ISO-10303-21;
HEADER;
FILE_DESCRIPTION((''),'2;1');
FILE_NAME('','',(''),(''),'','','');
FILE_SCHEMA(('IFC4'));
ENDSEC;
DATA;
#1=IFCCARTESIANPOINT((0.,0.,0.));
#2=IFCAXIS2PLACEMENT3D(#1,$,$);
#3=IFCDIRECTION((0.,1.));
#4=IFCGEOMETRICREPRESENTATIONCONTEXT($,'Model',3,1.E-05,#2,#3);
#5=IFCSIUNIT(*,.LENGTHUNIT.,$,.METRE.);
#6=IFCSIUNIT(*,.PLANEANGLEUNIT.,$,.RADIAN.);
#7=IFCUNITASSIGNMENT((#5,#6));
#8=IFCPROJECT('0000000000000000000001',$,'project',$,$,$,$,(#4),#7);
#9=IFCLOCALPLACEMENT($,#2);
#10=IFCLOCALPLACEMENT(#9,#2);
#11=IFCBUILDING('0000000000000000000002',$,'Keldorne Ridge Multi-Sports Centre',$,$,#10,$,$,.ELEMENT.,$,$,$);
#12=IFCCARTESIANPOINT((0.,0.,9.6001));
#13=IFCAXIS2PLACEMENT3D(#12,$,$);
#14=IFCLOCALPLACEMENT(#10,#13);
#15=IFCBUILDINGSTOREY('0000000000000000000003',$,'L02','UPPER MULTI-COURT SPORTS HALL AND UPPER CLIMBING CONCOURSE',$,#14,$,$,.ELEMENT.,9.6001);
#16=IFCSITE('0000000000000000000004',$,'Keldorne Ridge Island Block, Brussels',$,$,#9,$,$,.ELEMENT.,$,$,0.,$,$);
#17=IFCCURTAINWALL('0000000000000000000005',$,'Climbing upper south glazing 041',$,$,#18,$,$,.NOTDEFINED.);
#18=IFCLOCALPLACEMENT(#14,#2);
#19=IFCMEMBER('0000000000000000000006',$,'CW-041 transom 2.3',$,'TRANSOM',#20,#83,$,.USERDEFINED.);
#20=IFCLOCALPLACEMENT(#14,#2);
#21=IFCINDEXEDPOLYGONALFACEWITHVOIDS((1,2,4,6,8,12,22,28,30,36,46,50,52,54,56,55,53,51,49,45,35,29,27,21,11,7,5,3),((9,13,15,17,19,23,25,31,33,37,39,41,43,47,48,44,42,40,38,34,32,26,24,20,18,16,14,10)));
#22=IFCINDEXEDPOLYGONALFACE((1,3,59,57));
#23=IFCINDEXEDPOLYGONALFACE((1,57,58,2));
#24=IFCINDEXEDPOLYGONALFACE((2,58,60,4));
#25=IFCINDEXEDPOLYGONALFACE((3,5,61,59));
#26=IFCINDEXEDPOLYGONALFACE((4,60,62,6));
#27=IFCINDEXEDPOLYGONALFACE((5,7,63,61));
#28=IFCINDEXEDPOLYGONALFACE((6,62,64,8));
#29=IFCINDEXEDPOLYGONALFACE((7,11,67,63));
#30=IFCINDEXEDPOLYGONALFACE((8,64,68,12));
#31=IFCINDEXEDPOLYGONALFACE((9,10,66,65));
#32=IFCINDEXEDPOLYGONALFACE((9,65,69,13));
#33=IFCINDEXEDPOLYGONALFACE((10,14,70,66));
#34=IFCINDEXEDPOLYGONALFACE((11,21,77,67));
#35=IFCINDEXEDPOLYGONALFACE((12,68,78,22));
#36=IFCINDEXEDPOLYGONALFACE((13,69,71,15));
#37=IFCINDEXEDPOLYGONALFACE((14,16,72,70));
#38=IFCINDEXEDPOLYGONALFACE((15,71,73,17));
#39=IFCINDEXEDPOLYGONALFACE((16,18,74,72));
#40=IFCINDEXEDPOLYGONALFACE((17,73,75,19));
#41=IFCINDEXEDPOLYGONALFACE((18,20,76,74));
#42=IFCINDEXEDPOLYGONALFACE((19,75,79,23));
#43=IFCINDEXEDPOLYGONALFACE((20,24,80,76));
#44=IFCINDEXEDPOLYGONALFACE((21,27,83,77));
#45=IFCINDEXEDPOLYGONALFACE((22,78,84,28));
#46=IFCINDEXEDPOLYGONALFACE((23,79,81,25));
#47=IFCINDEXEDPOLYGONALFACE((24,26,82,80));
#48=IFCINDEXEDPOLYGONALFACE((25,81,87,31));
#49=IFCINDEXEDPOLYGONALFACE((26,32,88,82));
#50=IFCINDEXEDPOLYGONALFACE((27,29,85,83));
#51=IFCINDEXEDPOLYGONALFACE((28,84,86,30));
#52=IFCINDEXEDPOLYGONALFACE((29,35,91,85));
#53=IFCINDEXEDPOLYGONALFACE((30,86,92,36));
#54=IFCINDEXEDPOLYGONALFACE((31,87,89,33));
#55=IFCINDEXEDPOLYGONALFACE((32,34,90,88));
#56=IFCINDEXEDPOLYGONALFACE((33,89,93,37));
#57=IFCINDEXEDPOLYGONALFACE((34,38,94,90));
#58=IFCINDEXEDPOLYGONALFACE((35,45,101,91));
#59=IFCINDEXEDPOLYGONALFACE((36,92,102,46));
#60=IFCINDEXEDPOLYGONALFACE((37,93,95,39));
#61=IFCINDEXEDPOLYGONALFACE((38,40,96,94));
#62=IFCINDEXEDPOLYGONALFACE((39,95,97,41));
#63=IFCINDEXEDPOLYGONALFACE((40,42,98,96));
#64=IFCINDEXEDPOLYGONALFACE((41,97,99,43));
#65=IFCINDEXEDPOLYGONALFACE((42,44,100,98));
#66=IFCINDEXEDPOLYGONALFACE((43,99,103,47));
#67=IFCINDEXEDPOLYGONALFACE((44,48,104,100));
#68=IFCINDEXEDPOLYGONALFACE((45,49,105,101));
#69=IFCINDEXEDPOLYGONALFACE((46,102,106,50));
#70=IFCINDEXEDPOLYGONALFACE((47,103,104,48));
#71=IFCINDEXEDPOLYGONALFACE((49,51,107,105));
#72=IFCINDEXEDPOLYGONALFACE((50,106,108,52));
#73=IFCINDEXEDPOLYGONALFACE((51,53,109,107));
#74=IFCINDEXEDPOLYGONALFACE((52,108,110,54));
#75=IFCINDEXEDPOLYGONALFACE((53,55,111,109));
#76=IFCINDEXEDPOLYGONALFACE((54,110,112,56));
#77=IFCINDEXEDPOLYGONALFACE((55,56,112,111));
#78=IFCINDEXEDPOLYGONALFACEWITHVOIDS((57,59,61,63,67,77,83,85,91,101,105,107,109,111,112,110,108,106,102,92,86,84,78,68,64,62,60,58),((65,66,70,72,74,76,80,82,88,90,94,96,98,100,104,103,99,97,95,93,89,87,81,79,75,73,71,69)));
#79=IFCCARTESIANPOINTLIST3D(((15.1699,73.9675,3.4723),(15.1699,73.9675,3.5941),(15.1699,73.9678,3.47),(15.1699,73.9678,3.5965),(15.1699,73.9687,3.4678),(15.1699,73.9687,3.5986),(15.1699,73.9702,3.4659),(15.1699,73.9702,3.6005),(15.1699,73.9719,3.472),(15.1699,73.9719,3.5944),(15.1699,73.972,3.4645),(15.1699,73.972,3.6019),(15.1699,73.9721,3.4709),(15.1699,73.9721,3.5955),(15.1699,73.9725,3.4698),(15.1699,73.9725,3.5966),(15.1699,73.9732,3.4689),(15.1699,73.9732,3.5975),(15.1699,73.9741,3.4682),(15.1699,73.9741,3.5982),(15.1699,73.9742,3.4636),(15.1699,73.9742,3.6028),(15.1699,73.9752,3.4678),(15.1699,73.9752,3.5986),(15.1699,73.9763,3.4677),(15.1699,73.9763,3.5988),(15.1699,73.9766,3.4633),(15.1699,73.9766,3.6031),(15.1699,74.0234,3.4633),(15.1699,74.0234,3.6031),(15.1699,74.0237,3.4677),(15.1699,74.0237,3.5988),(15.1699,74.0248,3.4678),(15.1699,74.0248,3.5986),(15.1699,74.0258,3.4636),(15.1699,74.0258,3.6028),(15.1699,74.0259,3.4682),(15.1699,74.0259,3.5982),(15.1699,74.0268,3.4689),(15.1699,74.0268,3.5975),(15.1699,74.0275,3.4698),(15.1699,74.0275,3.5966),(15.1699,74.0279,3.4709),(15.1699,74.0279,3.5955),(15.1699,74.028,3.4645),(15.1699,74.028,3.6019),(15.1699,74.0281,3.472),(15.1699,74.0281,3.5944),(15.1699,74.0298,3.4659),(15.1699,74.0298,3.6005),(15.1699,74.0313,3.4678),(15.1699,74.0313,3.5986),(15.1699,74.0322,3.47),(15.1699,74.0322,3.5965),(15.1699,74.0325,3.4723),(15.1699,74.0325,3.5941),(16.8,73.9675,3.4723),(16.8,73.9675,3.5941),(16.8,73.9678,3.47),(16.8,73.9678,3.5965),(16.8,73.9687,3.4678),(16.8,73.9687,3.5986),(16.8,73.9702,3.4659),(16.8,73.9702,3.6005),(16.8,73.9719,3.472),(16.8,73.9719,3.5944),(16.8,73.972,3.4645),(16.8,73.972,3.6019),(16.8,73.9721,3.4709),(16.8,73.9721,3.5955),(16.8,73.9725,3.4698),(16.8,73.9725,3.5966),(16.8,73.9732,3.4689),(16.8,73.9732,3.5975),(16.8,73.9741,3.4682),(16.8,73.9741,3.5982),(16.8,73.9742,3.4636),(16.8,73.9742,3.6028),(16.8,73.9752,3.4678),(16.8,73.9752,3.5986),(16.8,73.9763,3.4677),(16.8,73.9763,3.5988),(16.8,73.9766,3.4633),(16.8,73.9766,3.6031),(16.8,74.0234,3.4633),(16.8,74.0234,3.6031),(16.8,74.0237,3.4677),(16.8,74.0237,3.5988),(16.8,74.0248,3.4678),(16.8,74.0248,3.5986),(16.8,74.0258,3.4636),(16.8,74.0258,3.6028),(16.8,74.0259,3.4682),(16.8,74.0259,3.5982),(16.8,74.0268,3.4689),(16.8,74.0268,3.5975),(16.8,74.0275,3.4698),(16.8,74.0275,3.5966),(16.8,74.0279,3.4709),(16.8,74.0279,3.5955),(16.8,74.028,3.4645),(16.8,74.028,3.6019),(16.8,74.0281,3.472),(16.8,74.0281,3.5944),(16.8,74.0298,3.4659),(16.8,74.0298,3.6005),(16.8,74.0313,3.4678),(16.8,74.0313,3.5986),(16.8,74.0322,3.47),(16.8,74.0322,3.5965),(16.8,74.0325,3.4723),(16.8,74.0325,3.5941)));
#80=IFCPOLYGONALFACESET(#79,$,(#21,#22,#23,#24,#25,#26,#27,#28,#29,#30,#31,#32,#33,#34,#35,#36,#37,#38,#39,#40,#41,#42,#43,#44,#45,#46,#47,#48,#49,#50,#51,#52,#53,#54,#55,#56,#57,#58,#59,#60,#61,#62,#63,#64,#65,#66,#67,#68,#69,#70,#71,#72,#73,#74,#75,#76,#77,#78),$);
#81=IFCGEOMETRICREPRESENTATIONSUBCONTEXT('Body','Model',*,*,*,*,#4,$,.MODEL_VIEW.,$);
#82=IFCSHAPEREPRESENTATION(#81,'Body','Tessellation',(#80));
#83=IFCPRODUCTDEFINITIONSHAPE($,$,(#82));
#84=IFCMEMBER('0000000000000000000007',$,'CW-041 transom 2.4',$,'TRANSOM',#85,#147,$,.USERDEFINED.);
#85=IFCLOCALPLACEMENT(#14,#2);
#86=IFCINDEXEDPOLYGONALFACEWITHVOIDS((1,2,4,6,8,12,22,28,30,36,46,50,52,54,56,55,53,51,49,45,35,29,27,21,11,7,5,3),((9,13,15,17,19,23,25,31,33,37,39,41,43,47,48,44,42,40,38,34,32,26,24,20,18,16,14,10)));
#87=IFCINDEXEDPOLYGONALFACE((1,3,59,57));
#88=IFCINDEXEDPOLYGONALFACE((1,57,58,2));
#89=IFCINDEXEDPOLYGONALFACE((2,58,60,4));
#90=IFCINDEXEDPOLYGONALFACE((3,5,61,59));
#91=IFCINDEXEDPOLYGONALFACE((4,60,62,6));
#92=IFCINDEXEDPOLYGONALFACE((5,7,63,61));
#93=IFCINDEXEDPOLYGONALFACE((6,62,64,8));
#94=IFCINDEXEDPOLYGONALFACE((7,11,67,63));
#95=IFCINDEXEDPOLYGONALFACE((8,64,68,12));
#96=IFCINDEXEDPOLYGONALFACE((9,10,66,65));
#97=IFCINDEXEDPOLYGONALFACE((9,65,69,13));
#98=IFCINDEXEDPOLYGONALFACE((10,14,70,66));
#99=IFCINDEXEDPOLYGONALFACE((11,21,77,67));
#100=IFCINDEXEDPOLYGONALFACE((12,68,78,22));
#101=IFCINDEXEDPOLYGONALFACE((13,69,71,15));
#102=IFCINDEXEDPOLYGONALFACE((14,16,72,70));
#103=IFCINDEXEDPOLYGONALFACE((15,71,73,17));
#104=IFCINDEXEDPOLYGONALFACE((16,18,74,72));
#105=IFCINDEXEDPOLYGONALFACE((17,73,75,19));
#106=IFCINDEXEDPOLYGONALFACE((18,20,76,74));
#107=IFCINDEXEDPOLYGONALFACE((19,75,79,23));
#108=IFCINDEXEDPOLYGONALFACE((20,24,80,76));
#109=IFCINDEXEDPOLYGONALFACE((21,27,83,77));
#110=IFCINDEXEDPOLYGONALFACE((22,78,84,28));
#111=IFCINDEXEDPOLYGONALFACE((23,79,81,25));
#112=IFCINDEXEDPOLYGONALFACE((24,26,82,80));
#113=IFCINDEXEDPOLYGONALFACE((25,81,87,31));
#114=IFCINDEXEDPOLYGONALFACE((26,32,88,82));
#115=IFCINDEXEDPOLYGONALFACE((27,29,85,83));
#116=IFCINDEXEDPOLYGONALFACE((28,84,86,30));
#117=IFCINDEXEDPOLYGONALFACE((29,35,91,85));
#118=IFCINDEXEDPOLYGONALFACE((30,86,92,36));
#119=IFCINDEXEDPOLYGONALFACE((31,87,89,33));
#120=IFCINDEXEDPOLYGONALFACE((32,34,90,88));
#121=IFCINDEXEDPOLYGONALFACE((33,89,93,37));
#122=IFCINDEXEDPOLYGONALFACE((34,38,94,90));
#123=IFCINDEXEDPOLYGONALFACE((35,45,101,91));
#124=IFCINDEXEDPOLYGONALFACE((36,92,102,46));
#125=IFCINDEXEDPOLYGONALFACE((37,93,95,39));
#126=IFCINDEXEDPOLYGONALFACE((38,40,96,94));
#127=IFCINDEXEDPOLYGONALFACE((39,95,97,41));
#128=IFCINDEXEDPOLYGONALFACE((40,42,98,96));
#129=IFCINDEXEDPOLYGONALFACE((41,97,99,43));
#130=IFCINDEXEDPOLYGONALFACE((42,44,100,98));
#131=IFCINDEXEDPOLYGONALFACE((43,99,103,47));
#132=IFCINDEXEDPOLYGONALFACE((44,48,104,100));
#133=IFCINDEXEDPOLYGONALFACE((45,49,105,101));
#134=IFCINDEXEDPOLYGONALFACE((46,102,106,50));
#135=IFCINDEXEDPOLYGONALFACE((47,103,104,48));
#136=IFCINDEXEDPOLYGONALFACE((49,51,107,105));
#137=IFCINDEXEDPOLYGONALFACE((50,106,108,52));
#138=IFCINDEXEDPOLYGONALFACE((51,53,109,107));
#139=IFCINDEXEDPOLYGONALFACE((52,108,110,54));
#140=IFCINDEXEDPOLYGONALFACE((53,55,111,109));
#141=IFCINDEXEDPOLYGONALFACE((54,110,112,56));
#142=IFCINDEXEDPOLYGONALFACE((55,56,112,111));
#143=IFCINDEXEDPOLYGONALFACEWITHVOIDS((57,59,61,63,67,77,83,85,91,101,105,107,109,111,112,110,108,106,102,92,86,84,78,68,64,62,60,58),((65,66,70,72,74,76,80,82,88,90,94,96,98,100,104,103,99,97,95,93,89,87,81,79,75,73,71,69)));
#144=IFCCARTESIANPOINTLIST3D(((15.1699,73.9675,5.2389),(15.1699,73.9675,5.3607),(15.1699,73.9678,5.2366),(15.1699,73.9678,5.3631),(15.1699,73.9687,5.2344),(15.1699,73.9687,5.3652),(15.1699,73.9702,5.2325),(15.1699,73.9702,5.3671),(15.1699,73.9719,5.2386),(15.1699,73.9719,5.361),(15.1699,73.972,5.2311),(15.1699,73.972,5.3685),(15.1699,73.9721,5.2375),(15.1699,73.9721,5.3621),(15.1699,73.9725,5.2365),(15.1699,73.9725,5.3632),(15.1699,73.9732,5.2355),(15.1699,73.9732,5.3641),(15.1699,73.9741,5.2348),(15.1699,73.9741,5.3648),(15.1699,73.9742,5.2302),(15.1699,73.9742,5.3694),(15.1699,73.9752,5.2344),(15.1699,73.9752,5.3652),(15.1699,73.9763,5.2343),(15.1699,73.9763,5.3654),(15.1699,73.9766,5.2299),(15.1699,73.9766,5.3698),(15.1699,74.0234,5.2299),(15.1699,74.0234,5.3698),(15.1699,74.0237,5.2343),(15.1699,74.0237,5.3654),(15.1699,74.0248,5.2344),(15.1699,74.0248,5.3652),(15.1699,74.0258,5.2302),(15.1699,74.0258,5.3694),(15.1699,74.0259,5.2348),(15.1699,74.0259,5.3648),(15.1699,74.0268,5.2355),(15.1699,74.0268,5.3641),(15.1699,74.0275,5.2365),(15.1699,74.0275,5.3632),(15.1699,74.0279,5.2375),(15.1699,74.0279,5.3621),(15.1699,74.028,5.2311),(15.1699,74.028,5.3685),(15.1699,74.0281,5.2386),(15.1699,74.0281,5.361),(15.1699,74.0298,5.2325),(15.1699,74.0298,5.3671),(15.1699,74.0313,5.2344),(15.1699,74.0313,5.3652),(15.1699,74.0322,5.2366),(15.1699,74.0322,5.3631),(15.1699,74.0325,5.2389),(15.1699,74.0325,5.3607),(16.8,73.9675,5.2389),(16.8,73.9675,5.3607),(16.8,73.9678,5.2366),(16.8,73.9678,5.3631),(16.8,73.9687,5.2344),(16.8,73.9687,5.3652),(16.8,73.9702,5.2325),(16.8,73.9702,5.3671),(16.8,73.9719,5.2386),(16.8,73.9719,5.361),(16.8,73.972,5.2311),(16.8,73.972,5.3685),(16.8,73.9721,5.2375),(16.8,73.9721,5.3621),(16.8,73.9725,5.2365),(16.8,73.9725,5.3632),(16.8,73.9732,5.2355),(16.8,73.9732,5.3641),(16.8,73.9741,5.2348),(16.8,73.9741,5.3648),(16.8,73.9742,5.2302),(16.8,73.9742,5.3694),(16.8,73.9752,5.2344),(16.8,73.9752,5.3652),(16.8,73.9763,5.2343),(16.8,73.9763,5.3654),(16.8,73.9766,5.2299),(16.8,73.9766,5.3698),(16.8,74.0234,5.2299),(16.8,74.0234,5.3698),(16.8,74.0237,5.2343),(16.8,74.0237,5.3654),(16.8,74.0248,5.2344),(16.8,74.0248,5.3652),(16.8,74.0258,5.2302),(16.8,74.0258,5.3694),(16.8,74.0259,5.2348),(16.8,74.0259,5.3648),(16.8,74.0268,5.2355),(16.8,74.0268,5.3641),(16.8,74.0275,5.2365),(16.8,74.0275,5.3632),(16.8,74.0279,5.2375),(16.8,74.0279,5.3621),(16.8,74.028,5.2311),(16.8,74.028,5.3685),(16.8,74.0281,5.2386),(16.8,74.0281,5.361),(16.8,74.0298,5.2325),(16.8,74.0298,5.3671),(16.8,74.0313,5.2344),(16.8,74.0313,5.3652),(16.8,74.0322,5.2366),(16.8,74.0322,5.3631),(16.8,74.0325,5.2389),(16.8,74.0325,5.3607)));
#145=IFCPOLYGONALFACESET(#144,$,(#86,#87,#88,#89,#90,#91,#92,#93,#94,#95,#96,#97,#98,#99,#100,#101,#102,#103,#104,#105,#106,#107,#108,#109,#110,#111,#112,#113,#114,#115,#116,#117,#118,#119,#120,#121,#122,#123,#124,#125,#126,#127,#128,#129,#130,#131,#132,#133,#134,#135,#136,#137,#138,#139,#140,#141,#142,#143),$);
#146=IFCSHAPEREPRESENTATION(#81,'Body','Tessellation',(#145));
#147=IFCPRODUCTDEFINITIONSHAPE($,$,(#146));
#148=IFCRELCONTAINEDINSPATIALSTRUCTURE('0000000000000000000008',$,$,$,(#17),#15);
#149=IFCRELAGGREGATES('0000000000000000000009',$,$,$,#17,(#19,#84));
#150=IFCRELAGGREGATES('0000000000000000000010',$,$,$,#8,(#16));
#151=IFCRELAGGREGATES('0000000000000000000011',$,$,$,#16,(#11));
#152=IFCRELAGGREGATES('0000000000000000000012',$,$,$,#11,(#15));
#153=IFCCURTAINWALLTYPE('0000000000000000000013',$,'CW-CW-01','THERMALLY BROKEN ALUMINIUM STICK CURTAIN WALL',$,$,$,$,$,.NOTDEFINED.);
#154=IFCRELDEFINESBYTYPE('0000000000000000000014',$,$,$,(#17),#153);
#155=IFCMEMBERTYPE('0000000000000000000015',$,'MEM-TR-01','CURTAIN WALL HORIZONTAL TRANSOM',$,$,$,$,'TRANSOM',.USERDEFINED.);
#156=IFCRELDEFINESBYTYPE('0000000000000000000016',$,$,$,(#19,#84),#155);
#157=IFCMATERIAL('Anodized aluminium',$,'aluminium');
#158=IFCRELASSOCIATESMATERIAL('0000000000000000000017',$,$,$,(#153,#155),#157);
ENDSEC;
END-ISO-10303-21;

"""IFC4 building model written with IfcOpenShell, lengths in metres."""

from ifc_helpers import new_model, si_unit, direction, frame, origin, origin_2d, place, context, subcontext, project, spatial, hollow_rectangle, extrude, material, material_profile, profile_set, type_object, element, aggregate, save


model = new_model("IFC4")

# Units and contexts
model_context = context("Model", 3, precision=1e-05, world=origin(), true_north=direction((0.0, 1.0)))
body_context = subcontext(model_context, "Body", "Model", "MODEL_VIEW")
ifc_project = project(units=[si_unit("LENGTHUNIT", "METRE"), si_unit("PLANEANGLEUNIT", "RADIAN")], contexts=[model_context])

# Site, building, storey
site_placement = place(None, origin())
site = spatial("IfcSite", under=ifc_project, at=site_placement, Name="Keldorne Ridge Island Block, Brussels", CompositionType="ELEMENT", RefElevation=0.0)
building_placement = place(site_placement, origin())
building = spatial("IfcBuilding", under=site, at=building_placement, Name="Keldorne Ridge Multi-Sports Centre", CompositionType="ELEMENT")
storey_placement = place(building_placement, frame((0.0, 0.0, 9.6001)))
storey = spatial("IfcBuildingStorey", under=building, at=storey_placement, Name="L02", Description="UPPER MULTI-COURT SPORTS HALL AND UPPER CLIMBING CONCOURSE", CompositionType="ELEMENT", Elevation=9.6001)

# Shared definitions
ifc_material_1 = material(Name="Anodized aluminium", Category="aluminium")

# Curtain wall
curtain_wall_type_1 = type_object("IfcCurtainWallType", Name="CW-CW-01", Description="THERMALLY BROKEN ALUMINIUM STICK CURTAIN WALL", PredefinedType="NOTDEFINED", material=ifc_material_1)
curtain_wall_1_placement = place(storey_placement, origin())
curtain_wall_1 = element("IfcCurtainWall", 1, at=curtain_wall_1_placement, inside=storey, type_object=curtain_wall_type_1, Name="Climbing upper south glazing 041", PredefinedType="NOTDEFINED")

# Members
ifc_material_profile_1 = material_profile(ifc_material_1, hollow_rectangle(XDim=0.0649, YDim=0.1399, WallThickness=0.0044, InnerFilletRadius=0.0044, OuterFilletRadius=0.009, at=origin_2d()), Name="ALU TRANSOM 140x65x4.5")
ifc_profile_set_1 = profile_set([ifc_material_profile_1], Name="Anodized aluminium")
member_type_1 = type_object("IfcMemberType", Name="MEM-TR-01", Description="CURTAIN WALL HORIZONTAL TRANSOM", ElementType="TRANSOM", PredefinedType="USERDEFINED", material=ifc_profile_set_1)
member_1_placement = place(storey_placement, frame((15.1699, 74.0, 3.5332), z_axis=(1.0, 0.0, 0.0), x_axis=(0.0, 1.0, 0.0)))
member_1 = element("IfcMember", 2, at=member_1_placement, type_object=member_type_1, Name="CW-041 transom 2.3", ObjectType="TRANSOM", PredefinedType="USERDEFINED", context=body_context, shape_type="SweptSolid", body=[
    extrude(hollow_rectangle(XDim=0.0649, YDim=0.1399, WallThickness=0.0044, InnerFilletRadius=0.0044, OuterFilletRadius=0.009, at=origin_2d()), origin(), (0.0, 0.0, 1.0), 1.6301),
])
member_2_placement = place(storey_placement, frame((15.1699, 74.0, 5.2998), z_axis=(1.0, 0.0, 0.0), x_axis=(0.0, 1.0, 0.0)))
member_2 = element("IfcMember", 3, at=member_2_placement, type_object=member_type_1, Name="CW-041 transom 2.4", ObjectType="TRANSOM", PredefinedType="USERDEFINED", context=body_context, shape_type="SweptSolid", body=[
    extrude(hollow_rectangle(XDim=0.0649, YDim=0.1399, WallThickness=0.0044, InnerFilletRadius=0.0044, OuterFilletRadius=0.009, at=origin_2d()), origin(), (0.0, 0.0, 1.0), 1.6301),
])

aggregate(curtain_wall_1, [member_1, member_2])

save(model, "model.ifc")
